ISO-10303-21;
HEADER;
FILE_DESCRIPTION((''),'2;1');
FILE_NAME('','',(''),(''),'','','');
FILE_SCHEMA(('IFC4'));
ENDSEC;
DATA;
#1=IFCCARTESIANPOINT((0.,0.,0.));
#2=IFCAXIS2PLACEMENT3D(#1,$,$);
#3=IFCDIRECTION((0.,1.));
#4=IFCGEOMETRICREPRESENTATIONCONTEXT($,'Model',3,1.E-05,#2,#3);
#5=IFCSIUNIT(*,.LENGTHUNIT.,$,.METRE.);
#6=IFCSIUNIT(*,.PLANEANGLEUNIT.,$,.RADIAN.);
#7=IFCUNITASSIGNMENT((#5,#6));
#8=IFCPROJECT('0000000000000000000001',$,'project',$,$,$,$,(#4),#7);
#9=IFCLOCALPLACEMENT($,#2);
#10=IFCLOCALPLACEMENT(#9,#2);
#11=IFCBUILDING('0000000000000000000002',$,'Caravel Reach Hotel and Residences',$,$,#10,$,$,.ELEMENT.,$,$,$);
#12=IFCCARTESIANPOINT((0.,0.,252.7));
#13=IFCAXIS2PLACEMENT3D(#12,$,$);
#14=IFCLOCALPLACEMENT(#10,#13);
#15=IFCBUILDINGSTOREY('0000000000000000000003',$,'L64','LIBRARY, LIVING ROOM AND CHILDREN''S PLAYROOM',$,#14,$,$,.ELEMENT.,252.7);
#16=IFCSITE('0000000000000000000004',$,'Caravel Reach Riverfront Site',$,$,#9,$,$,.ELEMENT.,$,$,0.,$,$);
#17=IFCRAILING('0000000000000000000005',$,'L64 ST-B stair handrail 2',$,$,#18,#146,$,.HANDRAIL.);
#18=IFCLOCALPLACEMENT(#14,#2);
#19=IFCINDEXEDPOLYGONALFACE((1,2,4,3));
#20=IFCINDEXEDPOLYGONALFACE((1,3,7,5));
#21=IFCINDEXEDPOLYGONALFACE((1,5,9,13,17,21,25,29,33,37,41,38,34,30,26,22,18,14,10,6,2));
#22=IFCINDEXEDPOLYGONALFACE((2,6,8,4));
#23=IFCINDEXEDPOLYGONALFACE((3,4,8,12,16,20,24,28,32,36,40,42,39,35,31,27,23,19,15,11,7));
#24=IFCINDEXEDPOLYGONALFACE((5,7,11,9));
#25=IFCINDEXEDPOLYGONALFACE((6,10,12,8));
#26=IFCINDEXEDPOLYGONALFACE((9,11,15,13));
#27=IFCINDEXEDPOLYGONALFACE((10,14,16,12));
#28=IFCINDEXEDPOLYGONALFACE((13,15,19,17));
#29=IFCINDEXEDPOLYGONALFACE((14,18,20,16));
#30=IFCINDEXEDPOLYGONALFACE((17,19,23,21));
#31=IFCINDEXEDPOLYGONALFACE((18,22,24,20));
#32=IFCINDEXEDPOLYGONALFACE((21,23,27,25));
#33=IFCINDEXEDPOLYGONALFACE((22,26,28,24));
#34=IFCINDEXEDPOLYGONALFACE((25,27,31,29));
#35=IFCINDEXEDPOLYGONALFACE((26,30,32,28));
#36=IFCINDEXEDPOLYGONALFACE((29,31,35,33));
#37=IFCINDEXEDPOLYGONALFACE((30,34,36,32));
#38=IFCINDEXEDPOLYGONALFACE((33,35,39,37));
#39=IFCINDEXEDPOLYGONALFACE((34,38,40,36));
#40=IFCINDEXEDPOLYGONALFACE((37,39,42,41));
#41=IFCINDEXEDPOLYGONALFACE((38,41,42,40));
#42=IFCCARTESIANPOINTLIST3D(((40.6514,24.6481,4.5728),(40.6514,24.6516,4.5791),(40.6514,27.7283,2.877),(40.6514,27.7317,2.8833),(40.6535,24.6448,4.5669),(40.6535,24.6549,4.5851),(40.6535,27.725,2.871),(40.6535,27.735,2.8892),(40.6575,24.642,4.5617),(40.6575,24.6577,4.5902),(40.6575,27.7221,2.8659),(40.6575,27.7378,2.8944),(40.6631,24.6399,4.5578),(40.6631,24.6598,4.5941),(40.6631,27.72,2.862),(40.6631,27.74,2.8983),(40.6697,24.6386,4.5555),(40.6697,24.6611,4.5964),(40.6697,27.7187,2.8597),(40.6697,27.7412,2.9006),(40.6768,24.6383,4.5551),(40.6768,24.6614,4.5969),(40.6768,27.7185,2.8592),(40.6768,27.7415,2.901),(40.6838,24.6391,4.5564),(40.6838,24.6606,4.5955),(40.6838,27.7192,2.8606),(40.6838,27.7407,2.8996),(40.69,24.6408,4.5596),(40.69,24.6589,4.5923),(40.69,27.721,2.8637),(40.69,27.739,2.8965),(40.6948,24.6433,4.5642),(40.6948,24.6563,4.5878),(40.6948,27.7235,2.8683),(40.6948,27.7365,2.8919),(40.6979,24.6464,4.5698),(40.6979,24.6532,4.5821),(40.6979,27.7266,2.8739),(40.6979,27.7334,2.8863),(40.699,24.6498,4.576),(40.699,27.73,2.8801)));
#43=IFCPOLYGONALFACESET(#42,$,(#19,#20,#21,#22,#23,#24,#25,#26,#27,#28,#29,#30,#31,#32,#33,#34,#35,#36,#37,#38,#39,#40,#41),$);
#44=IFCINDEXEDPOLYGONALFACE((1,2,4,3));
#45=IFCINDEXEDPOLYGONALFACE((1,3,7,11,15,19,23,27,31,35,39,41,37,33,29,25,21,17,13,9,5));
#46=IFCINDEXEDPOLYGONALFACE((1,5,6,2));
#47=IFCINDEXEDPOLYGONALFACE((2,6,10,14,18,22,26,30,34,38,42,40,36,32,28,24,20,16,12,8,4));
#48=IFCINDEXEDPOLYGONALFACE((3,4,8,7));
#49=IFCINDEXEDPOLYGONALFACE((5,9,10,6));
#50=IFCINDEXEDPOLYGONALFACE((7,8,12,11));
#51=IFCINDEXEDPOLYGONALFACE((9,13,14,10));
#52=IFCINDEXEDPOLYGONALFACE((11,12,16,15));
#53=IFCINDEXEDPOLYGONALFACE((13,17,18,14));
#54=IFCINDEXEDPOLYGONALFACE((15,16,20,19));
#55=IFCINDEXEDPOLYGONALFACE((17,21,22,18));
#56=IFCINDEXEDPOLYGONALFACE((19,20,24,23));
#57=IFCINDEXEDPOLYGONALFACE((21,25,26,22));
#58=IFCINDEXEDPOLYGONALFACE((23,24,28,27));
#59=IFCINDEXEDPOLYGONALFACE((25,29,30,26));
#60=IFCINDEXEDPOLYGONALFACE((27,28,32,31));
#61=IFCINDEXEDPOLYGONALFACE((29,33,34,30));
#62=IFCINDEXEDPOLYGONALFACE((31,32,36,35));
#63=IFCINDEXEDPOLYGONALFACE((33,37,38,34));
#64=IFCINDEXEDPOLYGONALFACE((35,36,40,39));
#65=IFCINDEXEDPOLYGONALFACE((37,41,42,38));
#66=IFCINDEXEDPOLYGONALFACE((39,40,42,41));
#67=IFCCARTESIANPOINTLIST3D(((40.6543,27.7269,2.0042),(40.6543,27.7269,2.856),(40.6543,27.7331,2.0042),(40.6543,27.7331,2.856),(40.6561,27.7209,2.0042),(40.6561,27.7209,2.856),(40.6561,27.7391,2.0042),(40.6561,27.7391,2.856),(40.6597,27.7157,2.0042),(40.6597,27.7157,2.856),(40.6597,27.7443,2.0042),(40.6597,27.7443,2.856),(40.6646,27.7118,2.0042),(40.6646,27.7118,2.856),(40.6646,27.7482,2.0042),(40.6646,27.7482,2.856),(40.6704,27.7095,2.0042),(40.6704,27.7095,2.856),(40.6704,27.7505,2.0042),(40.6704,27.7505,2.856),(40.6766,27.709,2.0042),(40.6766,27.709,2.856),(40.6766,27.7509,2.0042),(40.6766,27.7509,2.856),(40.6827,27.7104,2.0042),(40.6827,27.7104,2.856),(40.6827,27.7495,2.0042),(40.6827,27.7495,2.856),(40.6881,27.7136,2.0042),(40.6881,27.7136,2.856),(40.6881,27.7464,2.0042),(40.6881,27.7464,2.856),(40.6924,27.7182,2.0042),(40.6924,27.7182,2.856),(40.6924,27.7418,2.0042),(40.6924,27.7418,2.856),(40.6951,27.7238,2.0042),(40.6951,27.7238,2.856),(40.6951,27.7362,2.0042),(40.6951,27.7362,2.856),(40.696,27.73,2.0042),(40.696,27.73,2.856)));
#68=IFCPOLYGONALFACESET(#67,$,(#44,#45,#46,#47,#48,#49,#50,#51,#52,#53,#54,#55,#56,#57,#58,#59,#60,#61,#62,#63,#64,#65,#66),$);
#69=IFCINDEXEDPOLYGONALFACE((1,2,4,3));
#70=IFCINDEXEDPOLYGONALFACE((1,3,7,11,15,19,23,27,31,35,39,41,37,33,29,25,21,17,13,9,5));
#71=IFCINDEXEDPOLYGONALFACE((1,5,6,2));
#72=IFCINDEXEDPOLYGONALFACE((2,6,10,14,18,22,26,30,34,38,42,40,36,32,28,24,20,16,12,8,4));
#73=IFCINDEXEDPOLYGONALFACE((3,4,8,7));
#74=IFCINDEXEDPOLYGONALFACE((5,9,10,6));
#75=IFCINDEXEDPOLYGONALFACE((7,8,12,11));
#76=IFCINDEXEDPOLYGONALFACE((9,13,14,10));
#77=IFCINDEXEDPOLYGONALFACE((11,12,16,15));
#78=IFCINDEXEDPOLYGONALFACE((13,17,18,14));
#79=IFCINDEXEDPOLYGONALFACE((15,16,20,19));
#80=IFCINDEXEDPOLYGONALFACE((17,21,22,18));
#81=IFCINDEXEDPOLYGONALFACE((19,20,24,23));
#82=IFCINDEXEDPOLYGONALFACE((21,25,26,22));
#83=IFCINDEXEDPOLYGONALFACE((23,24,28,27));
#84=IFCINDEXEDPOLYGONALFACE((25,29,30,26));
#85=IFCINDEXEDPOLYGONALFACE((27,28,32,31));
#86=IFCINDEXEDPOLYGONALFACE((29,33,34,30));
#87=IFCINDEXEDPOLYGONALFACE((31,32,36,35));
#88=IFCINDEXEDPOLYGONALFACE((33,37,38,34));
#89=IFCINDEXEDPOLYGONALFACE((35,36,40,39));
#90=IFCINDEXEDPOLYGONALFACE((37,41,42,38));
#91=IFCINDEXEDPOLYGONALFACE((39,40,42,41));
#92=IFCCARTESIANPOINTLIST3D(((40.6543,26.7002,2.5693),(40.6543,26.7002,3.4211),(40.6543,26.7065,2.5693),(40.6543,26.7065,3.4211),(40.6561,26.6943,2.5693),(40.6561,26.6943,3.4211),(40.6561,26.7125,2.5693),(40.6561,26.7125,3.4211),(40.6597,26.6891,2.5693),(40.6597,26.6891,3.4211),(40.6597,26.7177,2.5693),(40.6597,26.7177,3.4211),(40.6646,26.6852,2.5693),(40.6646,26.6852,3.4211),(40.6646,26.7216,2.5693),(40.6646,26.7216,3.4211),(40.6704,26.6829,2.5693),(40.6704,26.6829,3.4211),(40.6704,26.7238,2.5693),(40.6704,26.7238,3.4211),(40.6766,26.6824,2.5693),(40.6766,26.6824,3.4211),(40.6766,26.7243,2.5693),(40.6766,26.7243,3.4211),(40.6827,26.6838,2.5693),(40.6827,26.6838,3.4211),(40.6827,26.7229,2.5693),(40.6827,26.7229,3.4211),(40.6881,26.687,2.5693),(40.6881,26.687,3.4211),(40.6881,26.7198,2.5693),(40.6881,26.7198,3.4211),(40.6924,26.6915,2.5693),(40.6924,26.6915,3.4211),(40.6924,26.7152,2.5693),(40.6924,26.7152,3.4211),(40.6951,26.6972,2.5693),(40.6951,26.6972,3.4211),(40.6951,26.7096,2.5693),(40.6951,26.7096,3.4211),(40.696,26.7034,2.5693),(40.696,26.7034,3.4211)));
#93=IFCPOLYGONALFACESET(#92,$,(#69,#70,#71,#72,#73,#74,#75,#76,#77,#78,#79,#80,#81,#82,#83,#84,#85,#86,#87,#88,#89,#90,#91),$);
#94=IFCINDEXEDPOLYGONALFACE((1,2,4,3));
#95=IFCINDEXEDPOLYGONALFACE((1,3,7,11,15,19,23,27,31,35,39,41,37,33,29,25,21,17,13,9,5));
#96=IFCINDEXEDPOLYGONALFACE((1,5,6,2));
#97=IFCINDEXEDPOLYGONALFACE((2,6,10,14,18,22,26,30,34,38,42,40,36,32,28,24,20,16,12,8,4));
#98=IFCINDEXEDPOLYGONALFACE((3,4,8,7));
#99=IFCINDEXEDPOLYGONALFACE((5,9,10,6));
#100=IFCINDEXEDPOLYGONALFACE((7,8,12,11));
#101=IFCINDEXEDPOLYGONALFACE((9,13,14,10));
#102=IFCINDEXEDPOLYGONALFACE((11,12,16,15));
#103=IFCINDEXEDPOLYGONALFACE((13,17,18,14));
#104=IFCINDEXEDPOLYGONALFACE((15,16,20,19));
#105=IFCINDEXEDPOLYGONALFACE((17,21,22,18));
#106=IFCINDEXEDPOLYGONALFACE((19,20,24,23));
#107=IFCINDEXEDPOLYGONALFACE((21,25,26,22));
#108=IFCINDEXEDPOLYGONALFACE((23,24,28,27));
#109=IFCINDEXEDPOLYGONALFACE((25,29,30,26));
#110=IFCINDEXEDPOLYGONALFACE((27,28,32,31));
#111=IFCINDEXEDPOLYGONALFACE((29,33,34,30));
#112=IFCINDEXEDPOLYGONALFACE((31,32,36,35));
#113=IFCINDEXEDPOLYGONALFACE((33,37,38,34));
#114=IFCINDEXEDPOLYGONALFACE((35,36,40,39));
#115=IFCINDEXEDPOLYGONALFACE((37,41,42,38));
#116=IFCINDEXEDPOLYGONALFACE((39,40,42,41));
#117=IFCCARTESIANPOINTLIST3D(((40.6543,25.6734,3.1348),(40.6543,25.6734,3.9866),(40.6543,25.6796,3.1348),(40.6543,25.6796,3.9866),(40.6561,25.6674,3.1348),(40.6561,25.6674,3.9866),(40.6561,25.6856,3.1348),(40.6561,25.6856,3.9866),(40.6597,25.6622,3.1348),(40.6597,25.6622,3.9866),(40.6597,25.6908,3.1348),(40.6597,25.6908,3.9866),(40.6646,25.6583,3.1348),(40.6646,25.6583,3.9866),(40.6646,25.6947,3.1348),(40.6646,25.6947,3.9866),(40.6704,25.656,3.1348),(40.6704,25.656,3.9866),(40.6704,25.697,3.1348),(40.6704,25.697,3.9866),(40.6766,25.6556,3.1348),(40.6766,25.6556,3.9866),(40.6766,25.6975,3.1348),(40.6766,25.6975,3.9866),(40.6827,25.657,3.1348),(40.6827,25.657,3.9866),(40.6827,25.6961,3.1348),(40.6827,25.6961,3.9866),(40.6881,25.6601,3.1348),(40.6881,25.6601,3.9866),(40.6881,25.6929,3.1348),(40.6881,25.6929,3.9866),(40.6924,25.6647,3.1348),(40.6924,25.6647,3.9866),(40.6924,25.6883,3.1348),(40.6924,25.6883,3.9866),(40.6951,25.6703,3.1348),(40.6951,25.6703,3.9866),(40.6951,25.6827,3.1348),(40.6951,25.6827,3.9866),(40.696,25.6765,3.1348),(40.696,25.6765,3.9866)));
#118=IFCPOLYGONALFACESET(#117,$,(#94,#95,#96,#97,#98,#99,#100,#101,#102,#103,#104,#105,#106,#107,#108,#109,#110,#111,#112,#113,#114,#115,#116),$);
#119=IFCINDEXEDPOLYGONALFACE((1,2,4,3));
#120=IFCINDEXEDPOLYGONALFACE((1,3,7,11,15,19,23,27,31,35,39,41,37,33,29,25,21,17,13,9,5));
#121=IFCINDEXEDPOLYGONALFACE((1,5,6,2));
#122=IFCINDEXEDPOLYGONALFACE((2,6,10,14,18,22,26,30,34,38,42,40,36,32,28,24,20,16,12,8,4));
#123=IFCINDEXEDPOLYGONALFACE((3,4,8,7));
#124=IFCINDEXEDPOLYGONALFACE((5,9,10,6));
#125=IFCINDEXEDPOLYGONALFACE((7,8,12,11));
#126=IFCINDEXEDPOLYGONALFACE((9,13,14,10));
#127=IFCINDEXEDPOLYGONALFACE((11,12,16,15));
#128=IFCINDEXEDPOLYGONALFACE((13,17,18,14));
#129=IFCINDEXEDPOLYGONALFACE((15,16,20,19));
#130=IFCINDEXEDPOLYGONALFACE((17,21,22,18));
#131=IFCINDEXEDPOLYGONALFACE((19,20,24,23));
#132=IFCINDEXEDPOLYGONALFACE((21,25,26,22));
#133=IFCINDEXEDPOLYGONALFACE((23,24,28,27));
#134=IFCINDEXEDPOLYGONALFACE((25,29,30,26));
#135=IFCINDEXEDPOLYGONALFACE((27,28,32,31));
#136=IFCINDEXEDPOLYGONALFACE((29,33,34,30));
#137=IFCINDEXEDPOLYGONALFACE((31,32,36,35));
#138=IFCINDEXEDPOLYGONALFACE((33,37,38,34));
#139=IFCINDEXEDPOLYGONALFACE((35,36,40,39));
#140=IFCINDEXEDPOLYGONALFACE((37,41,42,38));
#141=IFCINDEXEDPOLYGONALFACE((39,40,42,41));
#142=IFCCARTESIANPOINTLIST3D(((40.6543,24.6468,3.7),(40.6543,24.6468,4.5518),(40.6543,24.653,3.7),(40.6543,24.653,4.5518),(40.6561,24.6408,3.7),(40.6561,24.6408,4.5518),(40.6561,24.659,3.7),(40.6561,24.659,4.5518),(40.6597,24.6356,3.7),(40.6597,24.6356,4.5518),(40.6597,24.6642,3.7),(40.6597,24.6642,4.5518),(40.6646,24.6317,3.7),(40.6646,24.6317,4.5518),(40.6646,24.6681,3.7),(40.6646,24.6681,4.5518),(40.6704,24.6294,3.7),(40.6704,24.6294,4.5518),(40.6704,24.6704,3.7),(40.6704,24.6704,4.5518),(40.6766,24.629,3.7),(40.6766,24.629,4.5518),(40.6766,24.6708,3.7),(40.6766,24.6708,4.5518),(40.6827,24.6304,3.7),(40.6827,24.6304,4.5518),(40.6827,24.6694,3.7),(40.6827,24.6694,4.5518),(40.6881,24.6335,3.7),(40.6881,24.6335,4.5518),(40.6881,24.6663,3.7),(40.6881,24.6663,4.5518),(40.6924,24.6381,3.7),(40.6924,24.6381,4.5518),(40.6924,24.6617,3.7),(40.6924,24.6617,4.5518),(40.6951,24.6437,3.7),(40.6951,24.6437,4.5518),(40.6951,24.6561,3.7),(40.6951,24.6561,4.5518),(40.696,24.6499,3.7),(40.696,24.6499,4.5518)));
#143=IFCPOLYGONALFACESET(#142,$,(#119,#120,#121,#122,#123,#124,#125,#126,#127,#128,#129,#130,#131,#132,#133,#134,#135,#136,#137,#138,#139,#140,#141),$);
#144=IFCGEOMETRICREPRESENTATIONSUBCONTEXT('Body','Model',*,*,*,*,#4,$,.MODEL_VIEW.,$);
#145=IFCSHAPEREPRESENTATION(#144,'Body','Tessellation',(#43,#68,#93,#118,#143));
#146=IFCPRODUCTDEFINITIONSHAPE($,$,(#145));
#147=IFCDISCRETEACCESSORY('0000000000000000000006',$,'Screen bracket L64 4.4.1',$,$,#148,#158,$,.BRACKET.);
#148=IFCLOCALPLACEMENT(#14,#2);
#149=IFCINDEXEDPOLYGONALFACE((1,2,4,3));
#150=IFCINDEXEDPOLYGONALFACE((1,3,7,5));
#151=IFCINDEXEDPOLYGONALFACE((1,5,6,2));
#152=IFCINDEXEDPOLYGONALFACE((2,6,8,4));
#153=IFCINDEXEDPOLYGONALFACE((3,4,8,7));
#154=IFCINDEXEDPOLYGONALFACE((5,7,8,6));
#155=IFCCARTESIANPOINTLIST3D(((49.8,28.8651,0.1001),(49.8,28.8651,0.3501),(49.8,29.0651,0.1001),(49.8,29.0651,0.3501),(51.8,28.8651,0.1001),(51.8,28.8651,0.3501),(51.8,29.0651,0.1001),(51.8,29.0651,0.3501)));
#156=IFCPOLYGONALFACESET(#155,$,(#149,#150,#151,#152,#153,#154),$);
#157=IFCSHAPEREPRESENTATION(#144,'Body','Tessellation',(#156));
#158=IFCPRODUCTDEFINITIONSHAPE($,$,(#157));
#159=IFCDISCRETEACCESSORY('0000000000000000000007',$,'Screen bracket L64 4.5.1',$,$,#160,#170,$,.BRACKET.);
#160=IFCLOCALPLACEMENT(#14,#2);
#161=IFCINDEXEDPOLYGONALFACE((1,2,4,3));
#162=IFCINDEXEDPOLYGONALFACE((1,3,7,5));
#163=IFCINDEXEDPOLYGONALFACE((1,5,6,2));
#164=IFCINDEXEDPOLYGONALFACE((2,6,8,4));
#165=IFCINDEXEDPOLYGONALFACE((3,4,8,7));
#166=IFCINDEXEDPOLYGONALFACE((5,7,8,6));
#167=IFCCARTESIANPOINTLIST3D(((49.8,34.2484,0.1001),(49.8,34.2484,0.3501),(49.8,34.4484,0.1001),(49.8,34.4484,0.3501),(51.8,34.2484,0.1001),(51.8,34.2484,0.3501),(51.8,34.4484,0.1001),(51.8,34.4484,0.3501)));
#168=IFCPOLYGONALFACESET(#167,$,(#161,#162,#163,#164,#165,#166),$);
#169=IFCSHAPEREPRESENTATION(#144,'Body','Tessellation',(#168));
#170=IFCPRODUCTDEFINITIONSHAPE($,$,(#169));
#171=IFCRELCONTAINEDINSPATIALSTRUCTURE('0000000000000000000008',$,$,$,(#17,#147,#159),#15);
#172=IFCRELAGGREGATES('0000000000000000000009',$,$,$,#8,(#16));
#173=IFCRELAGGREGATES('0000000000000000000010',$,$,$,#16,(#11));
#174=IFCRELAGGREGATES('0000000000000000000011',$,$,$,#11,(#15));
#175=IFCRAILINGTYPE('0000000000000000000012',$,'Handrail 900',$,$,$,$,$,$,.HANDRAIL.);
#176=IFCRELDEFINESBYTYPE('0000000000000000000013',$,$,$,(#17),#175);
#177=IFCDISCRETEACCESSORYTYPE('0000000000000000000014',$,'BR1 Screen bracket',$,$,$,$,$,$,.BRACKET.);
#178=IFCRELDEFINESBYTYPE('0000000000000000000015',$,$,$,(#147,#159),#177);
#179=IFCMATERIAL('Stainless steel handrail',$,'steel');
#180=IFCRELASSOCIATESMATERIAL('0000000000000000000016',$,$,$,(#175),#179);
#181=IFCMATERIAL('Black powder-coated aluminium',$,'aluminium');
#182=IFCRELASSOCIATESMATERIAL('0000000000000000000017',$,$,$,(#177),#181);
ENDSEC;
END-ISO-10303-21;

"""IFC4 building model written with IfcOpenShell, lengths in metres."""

from ifc_helpers import new_model, si_unit, direction, frame, origin, origin_2d, place, context, subcontext, project, spatial, rectangle, circle, extrude, material, type_object, element, save


model = new_model("IFC4")

# Units and contexts
model_context = context("Model", 3, precision=1e-05, world=origin(), true_north=direction((0.0, 1.0)))
body_context = subcontext(model_context, "Body", "Model", "MODEL_VIEW")
ifc_project = project(units=[si_unit("LENGTHUNIT", "METRE"), si_unit("PLANEANGLEUNIT", "RADIAN")], contexts=[model_context])

# Site, building, storey
site_placement = place(None, origin())
site = spatial("IfcSite", under=ifc_project, at=site_placement, Name="Caravel Reach Riverfront Site", CompositionType="ELEMENT", RefElevation=0.0)
building_placement = place(site_placement, origin())
building = spatial("IfcBuilding", under=site, at=building_placement, Name="Caravel Reach Hotel and Residences", CompositionType="ELEMENT")
storey_placement = place(building_placement, frame((0.0, 0.0, 252.7)))
storey = spatial("IfcBuildingStorey", under=building, at=storey_placement, Name="L64", Description="LIBRARY, LIVING ROOM AND CHILDREN'S PLAYROOM", CompositionType="ELEMENT", Elevation=252.7)

# Railing
ifc_material_1 = material(Name="Stainless steel handrail", Category="steel")
railing_type_1 = type_object("IfcRailingType", Name="Handrail 900", PredefinedType="HANDRAIL", material=ifc_material_1)
railing_1_placement = place(storey_placement, frame((40.675, 27.73, 2.0042)))
element("IfcRailing", 1, at=railing_1_placement, inside=storey, type_object=railing_type_1, Name="L64 ST-B stair handrail 2", PredefinedType="HANDRAIL", context=body_context, shape_type="SweptSolid", body=[
    extrude(circle(Radius=0.0239, at=origin_2d()), frame((0.0, 0.0, 0.876), z_axis=(0.0, -0.876005, 0.482303), x_axis=(1.0, 0.0, 0.0)), (0.0, 0.0, 1.0), 3.5161),
    extrude(circle(Radius=0.021, at=origin_2d()), origin(), (0.0, 0.0, 1.0), 0.8518),
    extrude(circle(Radius=0.021, at=origin_2d()), frame((0.0, -1.0266, 0.5652)), (0.0, 0.0, 1.0), 0.8518),
    extrude(circle(Radius=0.021, at=origin_2d()), frame((0.0, -2.0535, 1.1306)), (0.0, 0.0, 1.0), 0.8518),
    extrude(circle(Radius=0.021, at=origin_2d()), frame((0.0, -3.0801, 1.6958)), (0.0, 0.0, 1.0), 0.8518),
])

# Discrete accessories
ifc_material_2 = material(Name="Black powder-coated aluminium", Category="aluminium")
discrete_accessory_type = type_object("IfcDiscreteAccessoryType", Name="BR1 Screen bracket", PredefinedType="BRACKET", material=ifc_material_2)
for number, where, z_axis, x_axis, name in (
    (2, (50.8, 28.9651, 0.1001), (0.0, 0.0, 1.0), (1.0, 0.0, 0.0), "Screen bracket L64 4.4.1"),
    (3, (50.8, 34.3484, 0.1001), (0.0, 0.0, 1.0), (1.0, 0.0, 0.0), "Screen bracket L64 4.5.1"),
):
    element("IfcDiscreteAccessory", number, at=place(storey_placement, frame(where, z_axis=z_axis, x_axis=x_axis)), inside=storey, type_object=discrete_accessory_type, Name=name, PredefinedType="BRACKET", context=body_context, shape_type="SweptSolid", body=[
        extrude(rectangle(XDim=2.0, YDim=0.2, at=origin_2d()), origin(), (0.0, 0.0, 1.0), 0.25),
    ])

save(model, "model.ifc")
